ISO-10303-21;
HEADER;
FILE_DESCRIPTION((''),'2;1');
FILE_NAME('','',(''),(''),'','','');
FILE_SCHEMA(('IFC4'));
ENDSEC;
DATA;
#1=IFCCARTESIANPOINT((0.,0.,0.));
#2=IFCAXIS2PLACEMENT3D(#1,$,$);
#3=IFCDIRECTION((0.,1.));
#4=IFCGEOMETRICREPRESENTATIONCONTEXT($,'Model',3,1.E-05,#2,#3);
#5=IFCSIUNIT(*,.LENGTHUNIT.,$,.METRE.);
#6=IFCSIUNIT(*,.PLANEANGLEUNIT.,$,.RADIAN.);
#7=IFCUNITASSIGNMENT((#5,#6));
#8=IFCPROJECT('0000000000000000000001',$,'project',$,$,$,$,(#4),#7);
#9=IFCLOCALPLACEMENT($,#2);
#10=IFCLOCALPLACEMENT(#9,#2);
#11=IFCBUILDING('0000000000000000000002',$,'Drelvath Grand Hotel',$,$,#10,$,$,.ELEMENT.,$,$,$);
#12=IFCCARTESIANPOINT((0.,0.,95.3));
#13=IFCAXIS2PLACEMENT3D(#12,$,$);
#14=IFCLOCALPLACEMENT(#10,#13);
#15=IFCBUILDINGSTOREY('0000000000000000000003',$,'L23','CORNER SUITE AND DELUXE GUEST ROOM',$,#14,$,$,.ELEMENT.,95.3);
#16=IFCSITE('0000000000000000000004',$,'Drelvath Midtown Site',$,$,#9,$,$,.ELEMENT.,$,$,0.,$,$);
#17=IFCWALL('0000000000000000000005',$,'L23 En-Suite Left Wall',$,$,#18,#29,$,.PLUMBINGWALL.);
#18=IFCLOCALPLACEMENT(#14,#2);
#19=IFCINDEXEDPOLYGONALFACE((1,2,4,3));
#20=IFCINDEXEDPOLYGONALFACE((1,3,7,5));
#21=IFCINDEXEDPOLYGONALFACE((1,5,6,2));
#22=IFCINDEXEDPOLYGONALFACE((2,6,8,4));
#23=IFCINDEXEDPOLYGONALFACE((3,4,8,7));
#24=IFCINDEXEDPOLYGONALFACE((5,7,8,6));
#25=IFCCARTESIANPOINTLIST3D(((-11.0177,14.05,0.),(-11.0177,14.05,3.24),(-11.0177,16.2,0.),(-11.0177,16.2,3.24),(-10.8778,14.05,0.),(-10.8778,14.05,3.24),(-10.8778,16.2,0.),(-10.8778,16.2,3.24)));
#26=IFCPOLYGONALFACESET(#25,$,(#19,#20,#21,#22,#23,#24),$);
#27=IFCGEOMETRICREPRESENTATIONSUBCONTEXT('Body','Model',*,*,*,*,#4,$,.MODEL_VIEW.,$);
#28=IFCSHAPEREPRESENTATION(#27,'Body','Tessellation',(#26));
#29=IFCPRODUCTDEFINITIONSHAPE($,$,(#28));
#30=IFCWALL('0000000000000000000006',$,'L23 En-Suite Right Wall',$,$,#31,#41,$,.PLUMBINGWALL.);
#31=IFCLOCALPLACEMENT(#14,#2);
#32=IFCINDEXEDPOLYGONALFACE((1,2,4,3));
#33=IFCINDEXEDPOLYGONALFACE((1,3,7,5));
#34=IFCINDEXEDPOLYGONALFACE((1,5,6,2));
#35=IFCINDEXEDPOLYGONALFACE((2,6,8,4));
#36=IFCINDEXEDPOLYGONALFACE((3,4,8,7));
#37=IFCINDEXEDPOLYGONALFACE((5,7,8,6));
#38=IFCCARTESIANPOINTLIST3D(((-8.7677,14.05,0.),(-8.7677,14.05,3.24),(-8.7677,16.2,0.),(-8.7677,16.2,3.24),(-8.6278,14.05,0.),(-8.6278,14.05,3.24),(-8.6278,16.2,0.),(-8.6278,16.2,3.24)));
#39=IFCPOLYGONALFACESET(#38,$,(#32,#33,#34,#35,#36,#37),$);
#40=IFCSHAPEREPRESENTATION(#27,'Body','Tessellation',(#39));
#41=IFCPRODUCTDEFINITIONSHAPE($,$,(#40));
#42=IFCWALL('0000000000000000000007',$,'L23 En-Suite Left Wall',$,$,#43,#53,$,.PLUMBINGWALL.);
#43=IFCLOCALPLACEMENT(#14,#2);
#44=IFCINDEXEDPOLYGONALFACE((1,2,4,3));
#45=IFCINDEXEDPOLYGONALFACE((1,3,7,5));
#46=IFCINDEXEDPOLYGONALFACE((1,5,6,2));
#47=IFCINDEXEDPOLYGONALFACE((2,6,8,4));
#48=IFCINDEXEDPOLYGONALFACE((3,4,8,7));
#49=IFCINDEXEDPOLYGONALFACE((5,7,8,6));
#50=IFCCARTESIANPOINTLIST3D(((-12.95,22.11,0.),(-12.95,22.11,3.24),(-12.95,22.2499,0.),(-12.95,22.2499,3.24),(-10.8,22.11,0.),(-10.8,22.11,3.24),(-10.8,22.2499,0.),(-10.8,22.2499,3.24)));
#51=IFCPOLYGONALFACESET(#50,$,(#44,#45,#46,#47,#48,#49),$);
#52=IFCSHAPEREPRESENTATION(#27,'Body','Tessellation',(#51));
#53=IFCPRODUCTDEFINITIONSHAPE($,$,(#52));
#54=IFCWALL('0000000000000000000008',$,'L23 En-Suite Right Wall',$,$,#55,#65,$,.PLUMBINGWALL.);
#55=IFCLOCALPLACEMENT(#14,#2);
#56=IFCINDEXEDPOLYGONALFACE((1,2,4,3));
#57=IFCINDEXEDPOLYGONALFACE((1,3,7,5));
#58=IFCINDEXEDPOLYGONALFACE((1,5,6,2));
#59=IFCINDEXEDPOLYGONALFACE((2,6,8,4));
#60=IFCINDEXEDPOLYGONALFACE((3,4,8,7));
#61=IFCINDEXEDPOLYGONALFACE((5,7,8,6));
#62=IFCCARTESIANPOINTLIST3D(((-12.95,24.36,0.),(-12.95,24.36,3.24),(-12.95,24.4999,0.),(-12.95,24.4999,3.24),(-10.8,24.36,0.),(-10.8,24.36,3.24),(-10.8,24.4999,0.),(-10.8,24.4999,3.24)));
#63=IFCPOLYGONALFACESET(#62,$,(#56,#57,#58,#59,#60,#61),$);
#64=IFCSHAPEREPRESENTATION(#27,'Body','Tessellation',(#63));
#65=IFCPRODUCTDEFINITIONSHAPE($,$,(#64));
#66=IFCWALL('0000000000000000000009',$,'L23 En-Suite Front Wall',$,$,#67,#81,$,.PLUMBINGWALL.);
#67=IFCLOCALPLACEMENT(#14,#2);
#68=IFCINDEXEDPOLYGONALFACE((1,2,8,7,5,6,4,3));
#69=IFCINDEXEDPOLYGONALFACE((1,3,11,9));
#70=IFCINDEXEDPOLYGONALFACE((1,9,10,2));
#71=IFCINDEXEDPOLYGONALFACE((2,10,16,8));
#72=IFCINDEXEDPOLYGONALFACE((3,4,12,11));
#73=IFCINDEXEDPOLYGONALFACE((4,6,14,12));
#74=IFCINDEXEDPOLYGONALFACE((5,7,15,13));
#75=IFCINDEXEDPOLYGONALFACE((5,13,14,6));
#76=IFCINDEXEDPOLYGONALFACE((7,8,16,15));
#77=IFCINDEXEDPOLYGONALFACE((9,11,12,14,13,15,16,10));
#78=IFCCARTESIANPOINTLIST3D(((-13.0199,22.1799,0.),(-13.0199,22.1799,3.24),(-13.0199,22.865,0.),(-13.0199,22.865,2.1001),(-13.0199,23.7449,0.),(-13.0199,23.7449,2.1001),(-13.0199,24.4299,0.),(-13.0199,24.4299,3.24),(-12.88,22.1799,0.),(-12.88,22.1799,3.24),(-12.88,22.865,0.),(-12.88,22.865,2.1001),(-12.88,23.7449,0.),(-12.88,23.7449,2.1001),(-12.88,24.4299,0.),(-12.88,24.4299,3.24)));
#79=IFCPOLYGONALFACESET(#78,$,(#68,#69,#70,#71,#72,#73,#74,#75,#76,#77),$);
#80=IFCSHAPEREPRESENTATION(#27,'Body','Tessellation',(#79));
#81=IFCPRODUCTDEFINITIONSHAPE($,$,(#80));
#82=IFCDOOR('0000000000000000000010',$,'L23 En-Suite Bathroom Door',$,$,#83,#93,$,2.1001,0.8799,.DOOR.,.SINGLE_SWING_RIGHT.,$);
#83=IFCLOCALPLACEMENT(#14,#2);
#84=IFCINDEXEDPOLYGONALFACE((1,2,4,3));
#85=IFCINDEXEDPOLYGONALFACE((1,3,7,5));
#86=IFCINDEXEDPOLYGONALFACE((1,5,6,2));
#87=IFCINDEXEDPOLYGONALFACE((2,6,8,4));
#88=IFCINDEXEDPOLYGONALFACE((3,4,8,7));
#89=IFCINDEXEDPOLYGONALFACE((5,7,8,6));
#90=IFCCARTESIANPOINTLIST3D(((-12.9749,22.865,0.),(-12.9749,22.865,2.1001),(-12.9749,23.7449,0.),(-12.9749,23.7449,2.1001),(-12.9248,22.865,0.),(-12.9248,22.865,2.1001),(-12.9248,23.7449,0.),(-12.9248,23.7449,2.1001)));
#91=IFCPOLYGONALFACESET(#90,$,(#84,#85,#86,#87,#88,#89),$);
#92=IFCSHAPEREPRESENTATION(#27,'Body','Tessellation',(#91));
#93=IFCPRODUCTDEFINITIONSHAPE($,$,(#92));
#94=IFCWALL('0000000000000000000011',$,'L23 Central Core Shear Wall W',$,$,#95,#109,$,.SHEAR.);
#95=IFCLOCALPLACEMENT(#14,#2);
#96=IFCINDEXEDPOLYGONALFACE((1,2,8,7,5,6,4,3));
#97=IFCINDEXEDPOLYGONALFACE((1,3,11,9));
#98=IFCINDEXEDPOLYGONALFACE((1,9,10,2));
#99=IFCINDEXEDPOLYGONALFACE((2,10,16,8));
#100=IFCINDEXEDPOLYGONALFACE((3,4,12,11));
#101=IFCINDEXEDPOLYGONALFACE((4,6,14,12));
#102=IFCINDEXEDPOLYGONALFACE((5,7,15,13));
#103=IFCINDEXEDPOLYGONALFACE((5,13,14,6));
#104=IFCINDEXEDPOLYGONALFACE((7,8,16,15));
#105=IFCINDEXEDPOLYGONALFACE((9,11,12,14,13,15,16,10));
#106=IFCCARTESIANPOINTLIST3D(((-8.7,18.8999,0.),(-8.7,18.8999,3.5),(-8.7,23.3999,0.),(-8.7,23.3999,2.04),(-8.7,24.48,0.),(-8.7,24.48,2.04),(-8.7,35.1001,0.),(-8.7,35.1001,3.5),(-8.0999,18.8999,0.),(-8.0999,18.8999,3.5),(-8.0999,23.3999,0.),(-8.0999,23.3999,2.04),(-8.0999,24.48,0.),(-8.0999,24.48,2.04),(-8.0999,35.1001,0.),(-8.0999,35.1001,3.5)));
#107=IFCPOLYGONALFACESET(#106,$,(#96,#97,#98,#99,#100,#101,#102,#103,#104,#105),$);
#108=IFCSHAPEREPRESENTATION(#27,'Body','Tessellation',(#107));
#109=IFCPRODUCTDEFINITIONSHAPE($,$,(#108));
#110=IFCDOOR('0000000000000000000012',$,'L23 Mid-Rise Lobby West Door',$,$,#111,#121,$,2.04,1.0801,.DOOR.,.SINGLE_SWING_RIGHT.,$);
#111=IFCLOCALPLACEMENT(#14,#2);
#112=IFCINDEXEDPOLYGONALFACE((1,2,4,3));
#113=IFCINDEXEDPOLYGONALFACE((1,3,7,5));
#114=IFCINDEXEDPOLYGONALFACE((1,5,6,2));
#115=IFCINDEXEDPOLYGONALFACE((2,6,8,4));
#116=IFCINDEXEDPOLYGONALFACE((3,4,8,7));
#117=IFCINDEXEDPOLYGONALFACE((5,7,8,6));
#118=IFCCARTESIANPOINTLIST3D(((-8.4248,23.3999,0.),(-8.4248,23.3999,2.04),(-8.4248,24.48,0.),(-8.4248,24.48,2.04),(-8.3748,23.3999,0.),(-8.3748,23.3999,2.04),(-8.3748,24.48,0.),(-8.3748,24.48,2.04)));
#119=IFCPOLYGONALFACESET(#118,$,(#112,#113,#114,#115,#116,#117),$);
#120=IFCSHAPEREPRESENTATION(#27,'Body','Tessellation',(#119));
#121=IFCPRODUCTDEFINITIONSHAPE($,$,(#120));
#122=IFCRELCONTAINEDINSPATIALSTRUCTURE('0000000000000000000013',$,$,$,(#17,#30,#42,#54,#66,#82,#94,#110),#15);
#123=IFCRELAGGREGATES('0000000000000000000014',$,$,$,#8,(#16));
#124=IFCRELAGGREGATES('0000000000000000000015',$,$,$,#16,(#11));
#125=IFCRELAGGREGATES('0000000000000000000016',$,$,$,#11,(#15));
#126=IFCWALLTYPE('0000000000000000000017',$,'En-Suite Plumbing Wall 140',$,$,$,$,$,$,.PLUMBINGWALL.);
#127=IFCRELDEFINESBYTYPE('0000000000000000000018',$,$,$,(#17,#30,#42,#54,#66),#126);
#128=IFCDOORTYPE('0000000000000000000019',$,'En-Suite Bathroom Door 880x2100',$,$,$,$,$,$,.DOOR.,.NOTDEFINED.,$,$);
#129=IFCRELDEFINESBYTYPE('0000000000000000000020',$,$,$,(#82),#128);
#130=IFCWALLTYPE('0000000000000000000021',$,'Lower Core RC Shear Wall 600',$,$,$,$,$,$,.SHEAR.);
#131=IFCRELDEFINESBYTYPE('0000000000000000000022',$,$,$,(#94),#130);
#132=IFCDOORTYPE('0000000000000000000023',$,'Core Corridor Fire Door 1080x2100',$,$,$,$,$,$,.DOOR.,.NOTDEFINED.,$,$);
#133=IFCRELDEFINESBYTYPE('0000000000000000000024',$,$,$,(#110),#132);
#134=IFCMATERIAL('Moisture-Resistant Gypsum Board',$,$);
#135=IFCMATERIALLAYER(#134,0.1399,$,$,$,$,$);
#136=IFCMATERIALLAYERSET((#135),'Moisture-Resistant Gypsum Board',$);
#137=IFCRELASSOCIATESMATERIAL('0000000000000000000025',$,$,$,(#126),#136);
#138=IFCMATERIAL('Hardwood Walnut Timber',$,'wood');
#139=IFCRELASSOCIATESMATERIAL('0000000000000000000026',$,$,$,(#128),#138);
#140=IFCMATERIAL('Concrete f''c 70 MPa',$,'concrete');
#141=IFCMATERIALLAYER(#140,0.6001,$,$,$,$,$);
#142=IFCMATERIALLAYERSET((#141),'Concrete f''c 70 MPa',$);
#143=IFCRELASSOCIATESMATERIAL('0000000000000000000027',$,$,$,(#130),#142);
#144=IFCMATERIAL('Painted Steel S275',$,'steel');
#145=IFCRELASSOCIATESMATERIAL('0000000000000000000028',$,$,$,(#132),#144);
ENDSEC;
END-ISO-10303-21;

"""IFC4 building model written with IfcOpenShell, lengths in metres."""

from ifc_helpers import new_model, si_unit, direction, frame, frame_2d, origin, place, context, subcontext, project, spatial, rectangle, extrude, material, layer, layer_set, type_object, element, fill, save


model = new_model("IFC4")

# Units and contexts
model_context = context("Model", 3, precision=1e-05, world=origin(), true_north=direction((0.0, 1.0)))
body_context = subcontext(model_context, "Body", "Model", "MODEL_VIEW")
ifc_project = project(units=[si_unit("LENGTHUNIT", "METRE"), si_unit("PLANEANGLEUNIT", "RADIAN")], contexts=[model_context])

# Site, building, storey
site_placement = place(None, origin())
site = spatial("IfcSite", under=ifc_project, at=site_placement, Name="Drelvath Midtown Site", CompositionType="ELEMENT", RefElevation=0.0)
building_placement = place(site_placement, origin())
building = spatial("IfcBuilding", under=site, at=building_placement, Name="Drelvath Grand Hotel", CompositionType="ELEMENT")
storey_placement = place(building_placement, frame((0.0, 0.0, 95.3)))
storey = spatial("IfcBuildingStorey", under=building, at=storey_placement, Name="L23", Description="CORNER SUITE AND DELUXE GUEST ROOM", CompositionType="ELEMENT", Elevation=95.3)

# Shared definitions
ifc_material_1 = material(Name="Concrete f'c 70 MPa", Category="concrete")

# Shared definitions
ifc_material_2 = material(Name="Painted Steel S275", Category="steel")

# Shared definitions
ifc_material_3 = material(Name="Hardwood Walnut Timber", Category="wood")

# Walls
ifc_material_4 = material(Name="Moisture-Resistant Gypsum Board")
ifc_layer_1 = layer(ifc_material_4, 0.1399)
ifc_layer_set_1 = layer_set([ifc_layer_1], Name="Moisture-Resistant Gypsum Board")
wall_type_1 = type_object("IfcWallType", Name="En-Suite Plumbing Wall 140", PredefinedType="PLUMBINGWALL", material=ifc_layer_set_1)
for number, where, z_axis, x_axis, name in (
    (1, (-10.9478, 16.2, 0.0), (0.0, 0.0, 1.0), (0.0, -1.0, 0.0), "L23 En-Suite Left Wall"),
    (2, (-8.6978, 16.2, 0.0), (0.0, 0.0, 1.0), (0.0, -1.0, 0.0), "L23 En-Suite Right Wall"),
    (3, (-10.8, 22.1799, 0.0), (0.0, 0.0, 1.0), (-1.0, 0.0, 0.0), "L23 En-Suite Left Wall"),
    (4, (-10.8, 24.4299, 0.0), (0.0, 0.0, 1.0), (-1.0, 0.0, 0.0), "L23 En-Suite Right Wall"),
):
    element("IfcWall", number, at=place(storey_placement, frame(where, z_axis=z_axis, x_axis=x_axis)), inside=storey, type_object=wall_type_1, Name=name, PredefinedType="PLUMBINGWALL", context=body_context, shape_type="SweptSolid", body=[
        extrude(rectangle(XDim=2.1499, YDim=0.1399, at=frame_2d((1.075, 0.0))), origin(), (0.0, 0.0, 1.0), 3.24),
    ])

# Walls, openings, doors
wall_1_placement = place(storey_placement, frame((-12.95, 22.1799, 0.0), z_axis=(0.0, 0.0, 1.0), x_axis=(0.0, 1.0, 0.0)))
wall_1 = element("IfcWall", 5, at=wall_1_placement, inside=storey, type_object=wall_type_1, Name="L23 En-Suite Front Wall", PredefinedType="PLUMBINGWALL", context=body_context, shape_type="SweptSolid", body=[
    extrude(rectangle(XDim=2.25, YDim=0.1399, at=frame_2d((1.125, 0.0))), origin(), (0.0, 0.0, 1.0), 3.24),
])
opening_1_placement = place(wall_1_placement, frame((0.6851, 0.0, 0.0)))
opening_1 = element("IfcOpeningElement", 6, at=opening_1_placement, cuts=wall_1, PredefinedType="OPENING", context=body_context, shape_type="SweptSolid", body=[
    extrude(rectangle(XDim=0.8799, YDim=2.1001, at=frame_2d((0.4399, 1.05))), frame((0.0, 0.0798, 0.0), z_axis=(0.0, -1.0, 0.0), x_axis=(1.0, 0.0, 0.0)), (0.0, 0.0, 1.0), 0.1599),
])
door_type_1 = type_object("IfcDoorType", Name="En-Suite Bathroom Door 880x2100", OperationType="NOTDEFINED", PredefinedType="DOOR", material=ifc_material_3)
door_1_placement = place(opening_1_placement, origin())
door_1 = element("IfcDoor", 7, at=door_1_placement, inside=storey, type_object=door_type_1, Name="L23 En-Suite Bathroom Door", OperationType="SINGLE_SWING_RIGHT", OverallHeight=2.1001, OverallWidth=0.8799, PredefinedType="DOOR", context=body_context, shape_type="SweptSolid", body=[
    extrude(rectangle(XDim=0.8799, YDim=2.1001, at=frame_2d((0.4399, 1.05))), frame((0.0, 0.0249, 0.0), z_axis=(0.0, -1.0, 0.0), x_axis=(1.0, 0.0, 0.0)), (0.0, 0.0, 1.0), 0.05),
])
fill(opening_1, door_1)
ifc_layer_2 = layer(ifc_material_1, 0.6001)
ifc_layer_set_2 = layer_set([ifc_layer_2], Name="Concrete f'c 70 MPa")
wall_type_2 = type_object("IfcWallType", Name="Lower Core RC Shear Wall 600", PredefinedType="SHEAR", material=ifc_layer_set_2)
wall_2_placement = place(storey_placement, frame((-8.3999, 18.8999, 0.0), z_axis=(0.0, 0.0, 1.0), x_axis=(0.0, 1.0, 0.0)))
wall_2 = element("IfcWall", 8, at=wall_2_placement, inside=storey, type_object=wall_type_2, Name="L23 Central Core Shear Wall W", PredefinedType="SHEAR", context=body_context, shape_type="SweptSolid", body=[
    extrude(rectangle(XDim=16.2002, YDim=0.6001, at=frame_2d((8.1001, 0.0))), origin(), (0.0, 0.0, 1.0), 3.5),
])
opening_2_placement = place(wall_2_placement, frame((4.5, 0.0, 0.0)))
opening_2 = element("IfcOpeningElement", 9, at=opening_2_placement, cuts=wall_2, PredefinedType="OPENING", context=body_context, shape_type="SweptSolid", body=[
    extrude(rectangle(XDim=1.0801, YDim=2.04, at=frame_2d((0.54, 1.02))), frame((0.0, 0.3101, 0.0), z_axis=(0.0, -1.0, 0.0), x_axis=(1.0, 0.0, 0.0)), (0.0, 0.0, 1.0), 0.6201),
])
door_type_2 = type_object("IfcDoorType", Name="Core Corridor Fire Door 1080x2100", OperationType="NOTDEFINED", PredefinedType="DOOR", material=ifc_material_2)
door_2_placement = place(opening_2_placement, origin())
door_2 = element("IfcDoor", 10, at=door_2_placement, inside=storey, type_object=door_type_2, Name="L23 Mid-Rise Lobby West Door", OperationType="SINGLE_SWING_RIGHT", OverallHeight=2.04, OverallWidth=1.0801, PredefinedType="DOOR", context=body_context, shape_type="SweptSolid", body=[
    extrude(rectangle(XDim=1.0801, YDim=2.04, at=frame_2d((0.54, 1.02))), frame((0.0, 0.0249, 0.0), z_axis=(0.0, -1.0, 0.0), x_axis=(1.0, 0.0, 0.0)), (0.0, 0.0, 1.0), 0.05),
])
fill(opening_2, door_2)

save(model, "model.ifc")
